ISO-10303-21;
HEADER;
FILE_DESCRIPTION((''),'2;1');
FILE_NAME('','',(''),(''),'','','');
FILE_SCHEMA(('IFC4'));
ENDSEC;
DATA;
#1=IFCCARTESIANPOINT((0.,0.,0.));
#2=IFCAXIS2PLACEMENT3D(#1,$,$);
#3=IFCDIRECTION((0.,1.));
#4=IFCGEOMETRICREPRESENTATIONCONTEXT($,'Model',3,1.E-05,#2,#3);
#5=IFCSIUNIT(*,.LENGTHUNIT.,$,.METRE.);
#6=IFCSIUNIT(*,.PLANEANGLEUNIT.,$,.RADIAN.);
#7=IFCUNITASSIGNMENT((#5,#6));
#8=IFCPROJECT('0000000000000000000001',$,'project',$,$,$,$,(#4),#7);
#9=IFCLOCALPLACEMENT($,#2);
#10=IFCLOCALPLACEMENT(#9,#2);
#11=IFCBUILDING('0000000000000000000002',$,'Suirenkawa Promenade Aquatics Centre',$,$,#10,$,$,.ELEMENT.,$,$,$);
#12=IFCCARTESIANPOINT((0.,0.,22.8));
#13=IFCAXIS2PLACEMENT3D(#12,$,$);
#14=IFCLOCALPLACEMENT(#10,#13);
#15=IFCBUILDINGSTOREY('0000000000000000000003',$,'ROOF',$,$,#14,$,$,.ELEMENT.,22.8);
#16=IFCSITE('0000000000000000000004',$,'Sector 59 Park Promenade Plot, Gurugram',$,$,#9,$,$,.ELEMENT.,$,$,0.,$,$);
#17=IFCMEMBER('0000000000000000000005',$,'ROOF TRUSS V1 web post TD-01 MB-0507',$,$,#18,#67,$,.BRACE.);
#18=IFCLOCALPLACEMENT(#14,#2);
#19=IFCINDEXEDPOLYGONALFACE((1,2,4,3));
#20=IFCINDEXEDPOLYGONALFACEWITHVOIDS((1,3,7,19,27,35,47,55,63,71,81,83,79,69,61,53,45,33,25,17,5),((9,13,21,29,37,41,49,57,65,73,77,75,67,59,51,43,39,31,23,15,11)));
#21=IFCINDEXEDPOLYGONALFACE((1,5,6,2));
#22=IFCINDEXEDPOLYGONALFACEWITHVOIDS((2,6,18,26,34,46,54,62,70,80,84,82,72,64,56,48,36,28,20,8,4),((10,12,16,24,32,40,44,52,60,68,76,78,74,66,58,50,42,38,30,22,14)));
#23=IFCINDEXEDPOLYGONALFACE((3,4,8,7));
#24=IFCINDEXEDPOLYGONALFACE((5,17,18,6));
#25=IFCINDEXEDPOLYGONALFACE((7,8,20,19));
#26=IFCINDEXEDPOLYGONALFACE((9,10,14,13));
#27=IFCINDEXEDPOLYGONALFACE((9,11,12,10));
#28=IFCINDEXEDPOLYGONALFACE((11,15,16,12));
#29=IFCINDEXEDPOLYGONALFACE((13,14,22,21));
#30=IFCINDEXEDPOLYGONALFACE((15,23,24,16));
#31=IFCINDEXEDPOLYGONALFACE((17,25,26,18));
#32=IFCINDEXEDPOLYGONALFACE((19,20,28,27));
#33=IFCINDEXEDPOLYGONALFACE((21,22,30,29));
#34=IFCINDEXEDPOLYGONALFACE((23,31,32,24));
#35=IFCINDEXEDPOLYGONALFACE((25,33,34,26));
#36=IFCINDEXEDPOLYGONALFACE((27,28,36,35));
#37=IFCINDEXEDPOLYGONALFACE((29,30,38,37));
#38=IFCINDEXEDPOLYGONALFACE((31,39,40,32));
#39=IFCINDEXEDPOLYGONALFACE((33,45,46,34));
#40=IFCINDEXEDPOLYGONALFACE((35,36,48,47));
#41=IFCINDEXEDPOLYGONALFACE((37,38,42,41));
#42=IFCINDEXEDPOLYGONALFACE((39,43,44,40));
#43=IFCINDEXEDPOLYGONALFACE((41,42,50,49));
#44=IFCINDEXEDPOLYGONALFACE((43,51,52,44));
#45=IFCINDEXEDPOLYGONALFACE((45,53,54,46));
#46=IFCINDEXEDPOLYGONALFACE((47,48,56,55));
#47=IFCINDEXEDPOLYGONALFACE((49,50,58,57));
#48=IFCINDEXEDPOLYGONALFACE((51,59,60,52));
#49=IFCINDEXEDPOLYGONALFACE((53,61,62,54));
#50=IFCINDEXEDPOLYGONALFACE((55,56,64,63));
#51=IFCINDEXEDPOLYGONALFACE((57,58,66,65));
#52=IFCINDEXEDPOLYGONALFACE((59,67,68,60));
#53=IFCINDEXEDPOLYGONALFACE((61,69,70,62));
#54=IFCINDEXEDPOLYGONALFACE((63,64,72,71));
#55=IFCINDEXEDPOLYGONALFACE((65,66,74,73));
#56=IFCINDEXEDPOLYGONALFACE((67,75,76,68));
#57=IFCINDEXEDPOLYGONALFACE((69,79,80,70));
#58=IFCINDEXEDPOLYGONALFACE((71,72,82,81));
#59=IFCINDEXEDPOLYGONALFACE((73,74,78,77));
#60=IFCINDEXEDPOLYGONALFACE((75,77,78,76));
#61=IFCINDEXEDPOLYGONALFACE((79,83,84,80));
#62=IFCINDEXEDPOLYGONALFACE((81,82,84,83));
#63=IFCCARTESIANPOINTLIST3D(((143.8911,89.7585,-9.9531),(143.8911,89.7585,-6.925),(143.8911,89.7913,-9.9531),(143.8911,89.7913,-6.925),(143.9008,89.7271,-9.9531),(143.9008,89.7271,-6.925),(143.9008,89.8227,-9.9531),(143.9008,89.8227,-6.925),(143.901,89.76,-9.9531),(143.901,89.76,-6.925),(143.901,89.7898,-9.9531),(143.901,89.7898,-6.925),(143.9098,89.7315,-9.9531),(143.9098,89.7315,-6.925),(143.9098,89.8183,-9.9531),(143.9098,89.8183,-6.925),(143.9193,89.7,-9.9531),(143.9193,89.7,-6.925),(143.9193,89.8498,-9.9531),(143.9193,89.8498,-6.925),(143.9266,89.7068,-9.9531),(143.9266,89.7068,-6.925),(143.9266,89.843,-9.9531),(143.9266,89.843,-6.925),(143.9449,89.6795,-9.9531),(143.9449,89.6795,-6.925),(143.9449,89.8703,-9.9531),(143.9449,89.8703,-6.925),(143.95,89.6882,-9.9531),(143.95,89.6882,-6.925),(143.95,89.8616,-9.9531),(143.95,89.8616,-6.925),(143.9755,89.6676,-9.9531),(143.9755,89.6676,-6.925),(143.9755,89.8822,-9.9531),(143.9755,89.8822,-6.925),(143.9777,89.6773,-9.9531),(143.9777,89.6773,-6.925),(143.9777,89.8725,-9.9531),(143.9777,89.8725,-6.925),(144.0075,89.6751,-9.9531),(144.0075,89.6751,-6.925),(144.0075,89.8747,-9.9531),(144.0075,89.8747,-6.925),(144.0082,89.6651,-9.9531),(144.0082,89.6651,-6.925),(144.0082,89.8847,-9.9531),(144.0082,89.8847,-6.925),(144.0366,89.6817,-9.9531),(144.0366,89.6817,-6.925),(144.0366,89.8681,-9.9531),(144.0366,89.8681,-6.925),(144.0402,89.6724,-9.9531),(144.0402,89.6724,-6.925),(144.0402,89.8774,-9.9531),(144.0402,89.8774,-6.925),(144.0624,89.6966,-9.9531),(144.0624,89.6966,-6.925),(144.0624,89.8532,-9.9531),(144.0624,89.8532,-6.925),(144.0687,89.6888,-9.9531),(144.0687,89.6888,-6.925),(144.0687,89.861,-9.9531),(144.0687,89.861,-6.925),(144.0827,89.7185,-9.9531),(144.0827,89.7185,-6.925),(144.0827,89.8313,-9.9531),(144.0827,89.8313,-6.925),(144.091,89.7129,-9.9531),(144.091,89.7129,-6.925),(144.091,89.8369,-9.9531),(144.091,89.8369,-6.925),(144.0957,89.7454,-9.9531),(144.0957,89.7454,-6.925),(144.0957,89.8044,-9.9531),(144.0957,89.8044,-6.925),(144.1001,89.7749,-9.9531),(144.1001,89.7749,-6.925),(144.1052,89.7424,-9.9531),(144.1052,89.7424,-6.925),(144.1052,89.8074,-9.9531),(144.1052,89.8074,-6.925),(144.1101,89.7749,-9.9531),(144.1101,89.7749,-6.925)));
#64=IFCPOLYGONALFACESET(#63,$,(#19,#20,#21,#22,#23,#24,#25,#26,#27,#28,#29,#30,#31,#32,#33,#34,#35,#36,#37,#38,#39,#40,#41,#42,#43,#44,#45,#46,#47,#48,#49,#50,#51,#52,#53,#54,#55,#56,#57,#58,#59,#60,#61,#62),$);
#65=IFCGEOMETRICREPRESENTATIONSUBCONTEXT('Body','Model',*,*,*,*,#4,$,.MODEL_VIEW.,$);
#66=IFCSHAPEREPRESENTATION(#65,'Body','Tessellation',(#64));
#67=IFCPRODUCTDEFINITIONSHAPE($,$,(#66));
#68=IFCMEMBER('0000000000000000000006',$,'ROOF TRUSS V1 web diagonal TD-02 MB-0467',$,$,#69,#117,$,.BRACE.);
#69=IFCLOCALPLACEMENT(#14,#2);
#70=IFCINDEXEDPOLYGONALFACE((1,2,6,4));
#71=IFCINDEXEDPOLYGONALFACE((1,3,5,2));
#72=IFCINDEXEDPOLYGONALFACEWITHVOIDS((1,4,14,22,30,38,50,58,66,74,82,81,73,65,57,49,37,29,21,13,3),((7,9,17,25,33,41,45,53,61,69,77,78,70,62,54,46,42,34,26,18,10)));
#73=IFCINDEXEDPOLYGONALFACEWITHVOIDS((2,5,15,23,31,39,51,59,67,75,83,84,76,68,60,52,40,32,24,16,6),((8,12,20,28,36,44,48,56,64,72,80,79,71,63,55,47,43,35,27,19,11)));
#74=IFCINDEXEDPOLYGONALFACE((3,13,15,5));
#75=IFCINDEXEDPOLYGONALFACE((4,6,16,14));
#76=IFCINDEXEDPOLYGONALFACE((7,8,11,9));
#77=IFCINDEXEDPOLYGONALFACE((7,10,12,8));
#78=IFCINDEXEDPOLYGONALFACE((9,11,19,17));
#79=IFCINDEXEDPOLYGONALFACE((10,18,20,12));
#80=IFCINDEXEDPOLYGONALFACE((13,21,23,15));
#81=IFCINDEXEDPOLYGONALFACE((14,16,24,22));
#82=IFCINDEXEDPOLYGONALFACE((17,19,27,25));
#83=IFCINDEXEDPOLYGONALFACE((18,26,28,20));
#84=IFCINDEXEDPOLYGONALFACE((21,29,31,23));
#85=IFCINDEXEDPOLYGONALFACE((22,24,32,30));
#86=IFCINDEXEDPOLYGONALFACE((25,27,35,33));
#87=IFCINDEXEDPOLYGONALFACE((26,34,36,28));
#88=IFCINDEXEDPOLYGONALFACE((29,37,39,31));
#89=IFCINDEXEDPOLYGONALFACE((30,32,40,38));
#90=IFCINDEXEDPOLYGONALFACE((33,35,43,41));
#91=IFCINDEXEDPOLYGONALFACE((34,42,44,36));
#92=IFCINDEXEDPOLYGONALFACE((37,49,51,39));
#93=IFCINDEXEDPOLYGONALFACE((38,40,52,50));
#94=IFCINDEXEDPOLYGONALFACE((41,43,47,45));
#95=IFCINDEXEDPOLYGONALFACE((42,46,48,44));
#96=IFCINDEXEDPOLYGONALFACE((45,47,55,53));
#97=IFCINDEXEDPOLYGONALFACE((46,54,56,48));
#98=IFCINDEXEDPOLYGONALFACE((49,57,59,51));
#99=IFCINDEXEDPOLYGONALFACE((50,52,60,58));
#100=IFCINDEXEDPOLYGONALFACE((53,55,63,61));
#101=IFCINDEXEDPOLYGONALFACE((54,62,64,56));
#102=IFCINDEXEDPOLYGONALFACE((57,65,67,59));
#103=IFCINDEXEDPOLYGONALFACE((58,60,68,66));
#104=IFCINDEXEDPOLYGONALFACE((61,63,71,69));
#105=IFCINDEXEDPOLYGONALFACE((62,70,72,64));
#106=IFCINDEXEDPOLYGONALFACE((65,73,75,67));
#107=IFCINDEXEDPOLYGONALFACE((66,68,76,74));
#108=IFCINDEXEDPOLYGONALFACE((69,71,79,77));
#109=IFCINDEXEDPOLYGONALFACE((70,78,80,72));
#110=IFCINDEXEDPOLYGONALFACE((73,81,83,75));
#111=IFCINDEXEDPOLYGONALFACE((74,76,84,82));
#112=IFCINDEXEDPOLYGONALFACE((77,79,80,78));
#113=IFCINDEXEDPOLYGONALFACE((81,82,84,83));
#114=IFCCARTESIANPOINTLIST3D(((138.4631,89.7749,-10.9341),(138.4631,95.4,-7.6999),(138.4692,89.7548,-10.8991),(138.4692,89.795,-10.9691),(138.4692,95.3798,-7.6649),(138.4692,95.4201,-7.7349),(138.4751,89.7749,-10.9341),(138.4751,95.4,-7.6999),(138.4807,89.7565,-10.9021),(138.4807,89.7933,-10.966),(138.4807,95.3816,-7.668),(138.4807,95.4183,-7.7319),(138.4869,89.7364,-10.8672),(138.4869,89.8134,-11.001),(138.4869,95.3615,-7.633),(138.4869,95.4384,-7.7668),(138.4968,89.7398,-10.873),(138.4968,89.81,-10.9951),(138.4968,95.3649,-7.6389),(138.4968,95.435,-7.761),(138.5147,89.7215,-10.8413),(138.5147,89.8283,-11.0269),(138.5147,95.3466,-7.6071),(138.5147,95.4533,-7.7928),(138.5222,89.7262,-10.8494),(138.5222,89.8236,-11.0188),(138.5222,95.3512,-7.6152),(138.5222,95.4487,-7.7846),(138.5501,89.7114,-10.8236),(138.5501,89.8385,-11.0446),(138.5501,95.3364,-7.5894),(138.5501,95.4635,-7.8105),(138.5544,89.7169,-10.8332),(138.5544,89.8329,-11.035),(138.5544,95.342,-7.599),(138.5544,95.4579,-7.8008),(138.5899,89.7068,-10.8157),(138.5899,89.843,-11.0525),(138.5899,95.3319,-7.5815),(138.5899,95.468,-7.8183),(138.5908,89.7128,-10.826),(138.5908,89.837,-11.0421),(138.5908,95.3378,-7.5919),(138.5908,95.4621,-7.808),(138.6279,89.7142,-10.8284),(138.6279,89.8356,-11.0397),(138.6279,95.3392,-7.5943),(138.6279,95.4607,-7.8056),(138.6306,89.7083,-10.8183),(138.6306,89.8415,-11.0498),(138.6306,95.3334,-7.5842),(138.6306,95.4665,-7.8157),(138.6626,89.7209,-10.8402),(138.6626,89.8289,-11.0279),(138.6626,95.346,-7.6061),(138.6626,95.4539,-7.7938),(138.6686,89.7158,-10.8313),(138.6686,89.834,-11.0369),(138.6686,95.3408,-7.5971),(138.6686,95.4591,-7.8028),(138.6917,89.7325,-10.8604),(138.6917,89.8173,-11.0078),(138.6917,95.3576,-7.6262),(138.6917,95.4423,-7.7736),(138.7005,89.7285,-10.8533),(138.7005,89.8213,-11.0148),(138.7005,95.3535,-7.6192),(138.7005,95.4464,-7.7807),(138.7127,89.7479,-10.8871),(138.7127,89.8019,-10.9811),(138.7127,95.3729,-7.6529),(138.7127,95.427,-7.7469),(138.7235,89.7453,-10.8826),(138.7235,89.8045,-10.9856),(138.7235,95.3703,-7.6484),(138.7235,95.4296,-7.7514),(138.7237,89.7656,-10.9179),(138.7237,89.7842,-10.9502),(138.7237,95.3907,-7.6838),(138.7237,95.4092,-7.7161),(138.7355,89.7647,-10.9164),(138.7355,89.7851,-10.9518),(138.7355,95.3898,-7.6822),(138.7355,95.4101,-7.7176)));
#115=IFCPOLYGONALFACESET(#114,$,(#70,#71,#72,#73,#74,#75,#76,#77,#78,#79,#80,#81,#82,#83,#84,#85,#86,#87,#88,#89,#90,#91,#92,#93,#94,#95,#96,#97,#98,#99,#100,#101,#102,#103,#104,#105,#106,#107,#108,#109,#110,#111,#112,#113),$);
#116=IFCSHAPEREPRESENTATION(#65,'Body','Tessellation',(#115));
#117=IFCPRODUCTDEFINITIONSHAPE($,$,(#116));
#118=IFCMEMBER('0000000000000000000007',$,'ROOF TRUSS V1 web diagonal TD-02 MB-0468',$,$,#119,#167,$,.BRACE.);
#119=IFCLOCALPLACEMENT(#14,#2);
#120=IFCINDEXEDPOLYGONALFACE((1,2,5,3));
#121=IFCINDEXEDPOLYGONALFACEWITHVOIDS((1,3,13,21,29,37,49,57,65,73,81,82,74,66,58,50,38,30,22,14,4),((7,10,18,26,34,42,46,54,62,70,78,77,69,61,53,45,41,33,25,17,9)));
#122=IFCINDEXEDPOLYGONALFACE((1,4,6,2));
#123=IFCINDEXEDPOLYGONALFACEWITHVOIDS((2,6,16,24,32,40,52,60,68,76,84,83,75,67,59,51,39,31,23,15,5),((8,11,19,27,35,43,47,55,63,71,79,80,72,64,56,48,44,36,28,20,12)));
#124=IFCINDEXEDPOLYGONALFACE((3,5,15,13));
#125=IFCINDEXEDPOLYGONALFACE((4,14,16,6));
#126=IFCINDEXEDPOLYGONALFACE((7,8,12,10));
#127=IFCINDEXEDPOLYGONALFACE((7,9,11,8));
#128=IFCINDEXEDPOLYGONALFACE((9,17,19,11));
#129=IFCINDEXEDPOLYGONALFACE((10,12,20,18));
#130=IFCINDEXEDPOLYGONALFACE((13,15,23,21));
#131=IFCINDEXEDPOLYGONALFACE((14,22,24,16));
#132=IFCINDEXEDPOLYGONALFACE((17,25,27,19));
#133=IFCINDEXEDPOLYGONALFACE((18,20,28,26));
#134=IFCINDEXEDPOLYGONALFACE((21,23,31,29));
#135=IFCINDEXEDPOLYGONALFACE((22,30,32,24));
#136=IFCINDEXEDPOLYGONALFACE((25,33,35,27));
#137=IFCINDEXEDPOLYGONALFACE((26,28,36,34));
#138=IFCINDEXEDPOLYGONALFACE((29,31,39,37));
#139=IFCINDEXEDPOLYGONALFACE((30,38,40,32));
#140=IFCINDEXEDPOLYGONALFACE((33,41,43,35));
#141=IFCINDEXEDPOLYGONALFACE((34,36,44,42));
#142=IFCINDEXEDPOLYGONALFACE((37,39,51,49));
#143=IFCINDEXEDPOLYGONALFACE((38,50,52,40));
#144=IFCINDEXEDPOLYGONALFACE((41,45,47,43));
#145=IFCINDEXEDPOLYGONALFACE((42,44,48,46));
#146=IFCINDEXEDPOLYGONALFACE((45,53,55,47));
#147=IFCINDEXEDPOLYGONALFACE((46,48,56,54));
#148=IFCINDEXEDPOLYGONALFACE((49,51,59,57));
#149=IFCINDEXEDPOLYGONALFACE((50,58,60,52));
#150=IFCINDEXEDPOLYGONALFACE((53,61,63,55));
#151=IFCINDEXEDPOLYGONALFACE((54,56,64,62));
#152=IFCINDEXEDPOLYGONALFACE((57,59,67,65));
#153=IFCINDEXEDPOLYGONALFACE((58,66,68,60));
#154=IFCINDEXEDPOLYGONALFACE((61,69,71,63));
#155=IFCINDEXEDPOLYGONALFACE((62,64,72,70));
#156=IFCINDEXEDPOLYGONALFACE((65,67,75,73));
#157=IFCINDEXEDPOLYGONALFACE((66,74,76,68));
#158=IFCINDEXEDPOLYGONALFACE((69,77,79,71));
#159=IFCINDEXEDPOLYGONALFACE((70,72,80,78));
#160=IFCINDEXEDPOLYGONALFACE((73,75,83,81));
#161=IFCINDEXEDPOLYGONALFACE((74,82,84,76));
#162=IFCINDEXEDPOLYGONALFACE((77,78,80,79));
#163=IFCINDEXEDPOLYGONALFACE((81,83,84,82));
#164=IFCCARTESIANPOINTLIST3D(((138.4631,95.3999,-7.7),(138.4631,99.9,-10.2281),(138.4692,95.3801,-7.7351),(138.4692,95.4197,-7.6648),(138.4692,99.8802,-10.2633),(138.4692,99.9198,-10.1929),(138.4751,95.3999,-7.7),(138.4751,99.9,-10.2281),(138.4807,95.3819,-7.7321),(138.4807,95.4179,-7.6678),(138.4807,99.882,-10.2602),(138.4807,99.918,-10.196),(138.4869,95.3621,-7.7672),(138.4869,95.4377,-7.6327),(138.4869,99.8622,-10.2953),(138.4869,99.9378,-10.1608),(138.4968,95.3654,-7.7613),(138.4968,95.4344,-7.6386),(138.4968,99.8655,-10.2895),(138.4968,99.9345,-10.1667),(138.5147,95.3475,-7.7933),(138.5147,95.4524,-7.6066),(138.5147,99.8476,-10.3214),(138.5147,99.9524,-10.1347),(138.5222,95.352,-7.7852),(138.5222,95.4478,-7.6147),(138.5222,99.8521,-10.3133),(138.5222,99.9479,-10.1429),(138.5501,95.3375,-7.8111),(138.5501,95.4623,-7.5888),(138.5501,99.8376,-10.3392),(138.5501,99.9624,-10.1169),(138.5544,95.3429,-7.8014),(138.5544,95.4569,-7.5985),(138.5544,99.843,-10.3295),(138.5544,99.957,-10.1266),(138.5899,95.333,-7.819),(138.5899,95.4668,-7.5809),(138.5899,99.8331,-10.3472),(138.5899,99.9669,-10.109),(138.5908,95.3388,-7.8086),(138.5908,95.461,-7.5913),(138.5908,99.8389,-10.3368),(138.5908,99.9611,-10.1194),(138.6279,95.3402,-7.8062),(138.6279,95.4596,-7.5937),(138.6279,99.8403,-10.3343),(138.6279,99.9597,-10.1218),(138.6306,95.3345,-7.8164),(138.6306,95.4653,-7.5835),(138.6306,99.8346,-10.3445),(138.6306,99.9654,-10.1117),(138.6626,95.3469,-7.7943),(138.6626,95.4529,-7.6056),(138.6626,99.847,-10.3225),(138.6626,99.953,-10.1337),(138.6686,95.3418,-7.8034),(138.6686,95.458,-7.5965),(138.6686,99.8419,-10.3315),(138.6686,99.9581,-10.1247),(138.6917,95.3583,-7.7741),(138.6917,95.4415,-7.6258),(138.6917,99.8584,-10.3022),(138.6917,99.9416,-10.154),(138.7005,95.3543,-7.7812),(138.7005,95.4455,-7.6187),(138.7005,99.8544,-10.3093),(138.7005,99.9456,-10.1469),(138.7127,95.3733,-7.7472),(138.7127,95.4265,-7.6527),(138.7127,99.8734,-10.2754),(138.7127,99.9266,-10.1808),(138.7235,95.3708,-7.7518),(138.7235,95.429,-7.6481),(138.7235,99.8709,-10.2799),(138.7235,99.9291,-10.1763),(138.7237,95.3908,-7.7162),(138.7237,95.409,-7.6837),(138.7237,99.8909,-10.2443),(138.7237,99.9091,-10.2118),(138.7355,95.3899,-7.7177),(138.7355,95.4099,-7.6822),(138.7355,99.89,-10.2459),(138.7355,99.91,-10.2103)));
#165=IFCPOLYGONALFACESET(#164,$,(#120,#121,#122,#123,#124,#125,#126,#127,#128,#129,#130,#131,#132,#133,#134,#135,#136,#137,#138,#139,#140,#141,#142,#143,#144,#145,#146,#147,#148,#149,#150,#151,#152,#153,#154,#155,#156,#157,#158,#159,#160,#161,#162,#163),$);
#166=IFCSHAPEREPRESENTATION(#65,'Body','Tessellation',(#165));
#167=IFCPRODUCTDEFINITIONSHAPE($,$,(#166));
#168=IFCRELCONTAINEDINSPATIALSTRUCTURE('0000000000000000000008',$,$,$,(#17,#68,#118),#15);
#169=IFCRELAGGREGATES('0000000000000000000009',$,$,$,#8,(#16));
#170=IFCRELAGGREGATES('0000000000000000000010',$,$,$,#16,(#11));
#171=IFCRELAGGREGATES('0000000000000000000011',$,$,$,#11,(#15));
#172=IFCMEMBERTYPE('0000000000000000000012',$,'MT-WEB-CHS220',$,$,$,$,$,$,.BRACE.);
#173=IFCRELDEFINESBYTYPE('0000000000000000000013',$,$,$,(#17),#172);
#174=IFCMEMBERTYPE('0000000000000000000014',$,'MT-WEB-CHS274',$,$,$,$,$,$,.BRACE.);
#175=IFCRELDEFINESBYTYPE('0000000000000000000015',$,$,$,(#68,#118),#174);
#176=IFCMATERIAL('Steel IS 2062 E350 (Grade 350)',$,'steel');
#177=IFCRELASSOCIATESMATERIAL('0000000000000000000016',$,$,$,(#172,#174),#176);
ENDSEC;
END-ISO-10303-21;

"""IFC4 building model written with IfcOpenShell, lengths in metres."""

from ifc_helpers import new_model, si_unit, direction, frame, origin, origin_2d, place, context, subcontext, project, spatial, hollow_circle, extrude, material, material_profile, profile_set, type_object, element, save


model = new_model("IFC4")

# Units and contexts
model_context = context("Model", 3, precision=1e-05, world=origin(), true_north=direction((0.0, 1.0)))
body_context = subcontext(model_context, "Body", "Model", "MODEL_VIEW")
ifc_project = project(units=[si_unit("LENGTHUNIT", "METRE"), si_unit("PLANEANGLEUNIT", "RADIAN")], contexts=[model_context])

# Site, building, storey
site_placement = place(None, origin())
site = spatial("IfcSite", under=ifc_project, at=site_placement, Name="Sector 59 Park Promenade Plot, Gurugram", CompositionType="ELEMENT", RefElevation=0.0)
building_placement = place(site_placement, origin())
building = spatial("IfcBuilding", under=site, at=building_placement, Name="Suirenkawa Promenade Aquatics Centre", CompositionType="ELEMENT")
storey_placement = place(building_placement, frame((0.0, 0.0, 22.8)))
storey = spatial("IfcBuildingStorey", under=building, at=storey_placement, Name="ROOF", CompositionType="ELEMENT", Elevation=22.8)

# Shared definitions
ifc_material = material(Name="Steel IS 2062 E350 (Grade 350)", Category="steel")

# Members
ifc_material_profile_1 = material_profile(ifc_material, hollow_circle(Radius=0.1101, WallThickness=0.01, at=origin_2d()), Name="CHS 220x10", Category="steel")
ifc_profile_set_1 = profile_set([ifc_material_profile_1], Name="Steel IS 2062 E350 (Grade 350)")
member_type_1 = type_object("IfcMemberType", Name="MT-WEB-CHS220", PredefinedType="BRACE", material=ifc_profile_set_1)
member_1_placement = place(storey_placement, frame((144.0, 89.7749, -9.9531), z_axis=(0.0, 0.0, 1.0), x_axis=(1.0, 0.0, 0.0)))
element("IfcMember", 1, at=member_1_placement, inside=storey, type_object=member_type_1, Name="ROOF TRUSS V1 web post TD-01 MB-0507", PredefinedType="BRACE", context=body_context, shape_type="SweptSolid", body=[
    extrude(hollow_circle(Radius=0.1101, WallThickness=0.01, at=origin_2d()), origin(), (0.0, 0.0, 1.0), 3.0281),
])
ifc_material_profile_2 = material_profile(ifc_material, hollow_circle(Radius=0.137, WallThickness=0.012, at=origin_2d()), Name="CHS 274x12", Category="steel")
ifc_profile_set_2 = profile_set([ifc_material_profile_2], Name="Steel IS 2062 E350 (Grade 350)")
member_type_2 = type_object("IfcMemberType", Name="MT-WEB-CHS274", PredefinedType="BRACE", material=ifc_profile_set_2)
member_2_placement = place(storey_placement, frame((138.6001, 89.7749, -10.9341), z_axis=(0.0, 0.866923, 0.498443), x_axis=(-1.0, 0.0, 0.0)))
element("IfcMember", 2, at=member_2_placement, inside=storey, type_object=member_type_2, Name="ROOF TRUSS V1 web diagonal TD-02 MB-0467", PredefinedType="BRACE", context=body_context, shape_type="SweptSolid", body=[
    extrude(hollow_circle(Radius=0.137, WallThickness=0.012, at=origin_2d()), origin(), (0.0, 0.0, 1.0), 6.4885),
])
member_3_placement = place(storey_placement, frame((138.6001, 95.3999, -7.7), z_axis=(0.0, 0.871838, -0.489794), x_axis=(-1.0, 0.0, 0.0)))
element("IfcMember", 3, at=member_3_placement, inside=storey, type_object=member_type_2, Name="ROOF TRUSS V1 web diagonal TD-02 MB-0468", PredefinedType="BRACE", context=body_context, shape_type="SweptSolid", body=[
    extrude(hollow_circle(Radius=0.137, WallThickness=0.012, at=origin_2d()), origin(), (0.0, 0.0, 1.0), 5.1616),
])

save(model, "model.ifc")
